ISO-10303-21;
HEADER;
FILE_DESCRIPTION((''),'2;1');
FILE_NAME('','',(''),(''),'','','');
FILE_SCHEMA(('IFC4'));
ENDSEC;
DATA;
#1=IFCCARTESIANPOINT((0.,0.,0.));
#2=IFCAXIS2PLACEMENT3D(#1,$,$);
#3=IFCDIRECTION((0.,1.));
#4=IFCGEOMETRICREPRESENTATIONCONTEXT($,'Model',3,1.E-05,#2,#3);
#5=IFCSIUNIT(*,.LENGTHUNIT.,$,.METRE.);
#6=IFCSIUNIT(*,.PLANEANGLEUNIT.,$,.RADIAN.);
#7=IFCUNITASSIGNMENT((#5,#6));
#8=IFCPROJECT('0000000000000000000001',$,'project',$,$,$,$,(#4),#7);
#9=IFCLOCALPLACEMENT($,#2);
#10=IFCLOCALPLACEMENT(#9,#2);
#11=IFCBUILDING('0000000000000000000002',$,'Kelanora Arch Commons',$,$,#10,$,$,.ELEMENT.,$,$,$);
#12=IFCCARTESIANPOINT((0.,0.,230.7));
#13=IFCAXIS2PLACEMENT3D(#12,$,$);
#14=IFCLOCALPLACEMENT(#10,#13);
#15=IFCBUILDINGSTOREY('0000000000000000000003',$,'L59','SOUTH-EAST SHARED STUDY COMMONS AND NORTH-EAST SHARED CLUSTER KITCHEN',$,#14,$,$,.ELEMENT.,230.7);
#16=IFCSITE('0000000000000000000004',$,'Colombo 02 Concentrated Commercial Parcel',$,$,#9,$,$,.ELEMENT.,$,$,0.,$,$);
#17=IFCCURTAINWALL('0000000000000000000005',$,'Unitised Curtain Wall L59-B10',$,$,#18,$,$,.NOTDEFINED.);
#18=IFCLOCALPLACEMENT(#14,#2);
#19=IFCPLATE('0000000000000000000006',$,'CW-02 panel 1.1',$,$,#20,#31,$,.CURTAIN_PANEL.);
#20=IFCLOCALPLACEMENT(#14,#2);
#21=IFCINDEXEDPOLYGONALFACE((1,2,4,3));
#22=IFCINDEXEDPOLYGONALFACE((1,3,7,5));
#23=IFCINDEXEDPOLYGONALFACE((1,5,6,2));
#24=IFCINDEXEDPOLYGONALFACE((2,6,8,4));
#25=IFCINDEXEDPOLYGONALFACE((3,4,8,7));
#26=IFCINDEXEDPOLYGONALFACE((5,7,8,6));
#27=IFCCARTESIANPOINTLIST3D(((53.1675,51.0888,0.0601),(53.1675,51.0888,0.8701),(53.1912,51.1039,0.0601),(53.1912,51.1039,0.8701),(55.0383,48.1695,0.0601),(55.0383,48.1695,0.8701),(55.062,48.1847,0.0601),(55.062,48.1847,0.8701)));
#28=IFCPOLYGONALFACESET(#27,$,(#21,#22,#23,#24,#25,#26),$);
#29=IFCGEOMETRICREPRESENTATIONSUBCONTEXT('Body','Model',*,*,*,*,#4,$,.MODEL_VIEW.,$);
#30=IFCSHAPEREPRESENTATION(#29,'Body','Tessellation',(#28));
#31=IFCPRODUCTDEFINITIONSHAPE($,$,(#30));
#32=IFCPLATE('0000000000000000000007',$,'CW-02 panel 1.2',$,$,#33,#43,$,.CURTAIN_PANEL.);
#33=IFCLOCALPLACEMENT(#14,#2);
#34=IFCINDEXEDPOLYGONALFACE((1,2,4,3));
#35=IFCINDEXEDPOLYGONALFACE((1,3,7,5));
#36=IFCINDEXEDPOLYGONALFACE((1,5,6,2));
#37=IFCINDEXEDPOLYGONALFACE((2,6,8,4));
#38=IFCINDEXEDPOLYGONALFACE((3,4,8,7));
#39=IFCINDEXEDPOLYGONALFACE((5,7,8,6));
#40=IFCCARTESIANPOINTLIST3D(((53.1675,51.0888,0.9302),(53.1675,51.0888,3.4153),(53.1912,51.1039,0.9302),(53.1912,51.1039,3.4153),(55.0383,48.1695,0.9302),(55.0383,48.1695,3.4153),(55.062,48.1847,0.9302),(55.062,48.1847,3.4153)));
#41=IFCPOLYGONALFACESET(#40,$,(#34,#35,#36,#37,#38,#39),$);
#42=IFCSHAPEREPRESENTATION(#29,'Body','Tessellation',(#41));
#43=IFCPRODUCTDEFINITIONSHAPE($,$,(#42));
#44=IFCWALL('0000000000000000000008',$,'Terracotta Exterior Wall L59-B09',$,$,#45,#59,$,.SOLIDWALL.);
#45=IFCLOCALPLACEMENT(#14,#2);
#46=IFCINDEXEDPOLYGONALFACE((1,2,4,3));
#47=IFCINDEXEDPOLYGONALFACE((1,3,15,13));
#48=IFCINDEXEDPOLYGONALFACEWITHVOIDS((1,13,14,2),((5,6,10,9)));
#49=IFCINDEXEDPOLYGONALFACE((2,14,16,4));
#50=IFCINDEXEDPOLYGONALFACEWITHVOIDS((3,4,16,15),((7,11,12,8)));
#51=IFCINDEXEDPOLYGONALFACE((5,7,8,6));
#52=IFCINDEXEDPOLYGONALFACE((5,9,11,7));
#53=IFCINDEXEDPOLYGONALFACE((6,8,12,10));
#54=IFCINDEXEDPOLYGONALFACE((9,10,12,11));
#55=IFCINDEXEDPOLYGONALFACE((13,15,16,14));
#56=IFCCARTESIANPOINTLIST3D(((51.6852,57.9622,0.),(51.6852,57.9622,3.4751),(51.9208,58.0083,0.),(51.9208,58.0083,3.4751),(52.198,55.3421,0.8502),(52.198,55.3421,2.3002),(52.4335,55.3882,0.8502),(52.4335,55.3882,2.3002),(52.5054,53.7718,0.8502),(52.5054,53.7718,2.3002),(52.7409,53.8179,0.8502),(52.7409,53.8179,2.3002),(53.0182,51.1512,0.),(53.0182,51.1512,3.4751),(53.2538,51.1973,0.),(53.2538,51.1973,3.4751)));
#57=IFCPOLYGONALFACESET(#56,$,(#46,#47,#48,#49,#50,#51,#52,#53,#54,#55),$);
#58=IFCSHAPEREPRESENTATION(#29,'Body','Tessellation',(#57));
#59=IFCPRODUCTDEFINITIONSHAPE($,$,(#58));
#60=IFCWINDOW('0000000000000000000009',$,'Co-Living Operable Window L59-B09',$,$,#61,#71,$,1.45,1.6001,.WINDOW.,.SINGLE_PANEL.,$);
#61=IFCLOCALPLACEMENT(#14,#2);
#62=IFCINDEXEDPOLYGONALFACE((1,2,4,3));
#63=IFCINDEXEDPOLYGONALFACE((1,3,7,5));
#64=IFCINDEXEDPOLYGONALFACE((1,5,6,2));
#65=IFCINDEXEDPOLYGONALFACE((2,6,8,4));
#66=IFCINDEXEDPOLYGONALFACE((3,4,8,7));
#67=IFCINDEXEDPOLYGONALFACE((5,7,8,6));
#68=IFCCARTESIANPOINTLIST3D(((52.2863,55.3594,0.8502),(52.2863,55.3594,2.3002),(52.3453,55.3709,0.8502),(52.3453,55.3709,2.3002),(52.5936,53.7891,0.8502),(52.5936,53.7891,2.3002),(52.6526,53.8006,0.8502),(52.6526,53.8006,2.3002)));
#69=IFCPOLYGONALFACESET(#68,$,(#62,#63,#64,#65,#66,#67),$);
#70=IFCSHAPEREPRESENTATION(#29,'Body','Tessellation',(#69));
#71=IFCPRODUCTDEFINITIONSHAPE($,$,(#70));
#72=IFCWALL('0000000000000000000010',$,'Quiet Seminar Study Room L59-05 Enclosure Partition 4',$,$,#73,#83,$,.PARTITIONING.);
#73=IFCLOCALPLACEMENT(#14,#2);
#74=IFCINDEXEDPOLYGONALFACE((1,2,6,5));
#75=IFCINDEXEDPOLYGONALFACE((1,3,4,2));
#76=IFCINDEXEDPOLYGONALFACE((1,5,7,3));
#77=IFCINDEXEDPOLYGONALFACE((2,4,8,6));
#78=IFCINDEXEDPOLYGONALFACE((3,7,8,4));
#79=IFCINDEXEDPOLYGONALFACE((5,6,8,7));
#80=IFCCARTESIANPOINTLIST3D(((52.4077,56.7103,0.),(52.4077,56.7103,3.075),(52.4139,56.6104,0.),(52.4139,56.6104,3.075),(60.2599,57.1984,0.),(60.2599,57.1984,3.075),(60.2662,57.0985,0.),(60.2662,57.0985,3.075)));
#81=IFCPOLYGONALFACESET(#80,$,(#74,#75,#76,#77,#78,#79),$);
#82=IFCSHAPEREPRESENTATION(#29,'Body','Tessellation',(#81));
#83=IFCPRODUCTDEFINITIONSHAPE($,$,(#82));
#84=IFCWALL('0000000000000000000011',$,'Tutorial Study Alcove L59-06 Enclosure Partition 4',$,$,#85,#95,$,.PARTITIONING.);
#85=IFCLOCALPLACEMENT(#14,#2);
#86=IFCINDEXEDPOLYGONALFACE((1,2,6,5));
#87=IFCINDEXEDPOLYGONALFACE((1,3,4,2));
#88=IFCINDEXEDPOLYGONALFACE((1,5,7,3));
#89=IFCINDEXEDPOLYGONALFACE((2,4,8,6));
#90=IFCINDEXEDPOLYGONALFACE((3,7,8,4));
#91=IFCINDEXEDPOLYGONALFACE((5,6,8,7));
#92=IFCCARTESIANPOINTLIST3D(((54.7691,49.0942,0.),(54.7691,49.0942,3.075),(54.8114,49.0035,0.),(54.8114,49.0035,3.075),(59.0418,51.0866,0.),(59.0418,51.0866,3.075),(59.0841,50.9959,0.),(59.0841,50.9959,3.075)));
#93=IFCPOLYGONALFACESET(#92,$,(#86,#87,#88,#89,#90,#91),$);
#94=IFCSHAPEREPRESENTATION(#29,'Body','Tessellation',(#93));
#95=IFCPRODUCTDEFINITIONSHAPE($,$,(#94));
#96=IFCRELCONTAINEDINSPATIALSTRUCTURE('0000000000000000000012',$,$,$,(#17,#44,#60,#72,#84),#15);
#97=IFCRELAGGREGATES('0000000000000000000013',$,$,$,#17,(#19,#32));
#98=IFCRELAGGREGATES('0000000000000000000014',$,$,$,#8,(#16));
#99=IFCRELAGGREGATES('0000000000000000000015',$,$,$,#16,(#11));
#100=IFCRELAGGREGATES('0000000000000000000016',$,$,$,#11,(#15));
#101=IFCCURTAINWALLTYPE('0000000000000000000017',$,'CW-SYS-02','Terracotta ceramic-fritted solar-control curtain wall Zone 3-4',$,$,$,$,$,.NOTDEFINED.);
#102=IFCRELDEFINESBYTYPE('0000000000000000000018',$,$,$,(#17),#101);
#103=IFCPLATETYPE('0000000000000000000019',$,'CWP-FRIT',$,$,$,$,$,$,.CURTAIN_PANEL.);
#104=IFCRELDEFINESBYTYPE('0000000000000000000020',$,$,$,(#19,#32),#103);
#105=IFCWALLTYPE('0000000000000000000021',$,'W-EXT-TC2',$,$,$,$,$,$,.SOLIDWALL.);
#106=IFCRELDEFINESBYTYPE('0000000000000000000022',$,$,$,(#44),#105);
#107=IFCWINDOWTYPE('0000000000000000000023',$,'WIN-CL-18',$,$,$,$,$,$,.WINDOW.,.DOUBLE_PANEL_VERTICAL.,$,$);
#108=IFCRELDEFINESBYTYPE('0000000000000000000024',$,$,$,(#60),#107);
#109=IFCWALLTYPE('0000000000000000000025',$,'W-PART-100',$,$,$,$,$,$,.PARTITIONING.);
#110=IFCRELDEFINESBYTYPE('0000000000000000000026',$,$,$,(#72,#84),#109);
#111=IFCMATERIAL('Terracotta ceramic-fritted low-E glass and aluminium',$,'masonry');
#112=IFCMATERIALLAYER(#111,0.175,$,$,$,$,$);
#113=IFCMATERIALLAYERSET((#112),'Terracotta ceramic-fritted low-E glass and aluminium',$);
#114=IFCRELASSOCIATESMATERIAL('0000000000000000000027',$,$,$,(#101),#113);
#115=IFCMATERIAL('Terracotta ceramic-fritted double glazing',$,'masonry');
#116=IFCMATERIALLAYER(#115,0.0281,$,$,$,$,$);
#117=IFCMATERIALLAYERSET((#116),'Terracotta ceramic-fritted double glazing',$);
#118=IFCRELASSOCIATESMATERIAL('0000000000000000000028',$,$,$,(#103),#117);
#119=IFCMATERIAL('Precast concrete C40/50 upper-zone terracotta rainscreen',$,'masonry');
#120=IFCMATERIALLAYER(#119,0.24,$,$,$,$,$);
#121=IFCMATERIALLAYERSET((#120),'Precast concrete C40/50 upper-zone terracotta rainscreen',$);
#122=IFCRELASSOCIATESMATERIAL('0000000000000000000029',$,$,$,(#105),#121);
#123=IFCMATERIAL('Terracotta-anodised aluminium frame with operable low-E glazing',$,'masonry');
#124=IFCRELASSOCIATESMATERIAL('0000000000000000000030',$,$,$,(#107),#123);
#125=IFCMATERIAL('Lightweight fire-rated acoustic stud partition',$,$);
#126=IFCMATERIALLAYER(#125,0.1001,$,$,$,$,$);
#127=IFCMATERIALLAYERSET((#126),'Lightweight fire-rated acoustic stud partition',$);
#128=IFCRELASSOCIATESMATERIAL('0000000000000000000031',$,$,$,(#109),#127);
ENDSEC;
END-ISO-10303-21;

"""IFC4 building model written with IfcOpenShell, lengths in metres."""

from ifc_helpers import new_model, si_unit, direction, frame, frame_2d, origin, origin_2d, place, context, subcontext, project, spatial, rectangle, extrude, source, transform, mapped, material, layer, layer_set, type_object, element, fill, aggregate, save


model = new_model("IFC4")

# Units and contexts
model_context = context("Model", 3, precision=1e-05, world=origin(), true_north=direction((0.0, 1.0)))
body_context = subcontext(model_context, "Body", "Model", "MODEL_VIEW")
ifc_project = project(units=[si_unit("LENGTHUNIT", "METRE"), si_unit("PLANEANGLEUNIT", "RADIAN")], contexts=[model_context])

# Site, building, storey
site_placement = place(None, origin())
site = spatial("IfcSite", under=ifc_project, at=site_placement, Name="Colombo 02 Concentrated Commercial Parcel", CompositionType="ELEMENT", RefElevation=0.0)
building_placement = place(site_placement, origin())
building = spatial("IfcBuilding", under=site, at=building_placement, Name="Kelanora Arch Commons", CompositionType="ELEMENT")
storey_placement = place(building_placement, frame((0.0, 0.0, 230.7)))
storey = spatial("IfcBuildingStorey", under=building, at=storey_placement, Name="L59", Description="SOUTH-EAST SHARED STUDY COMMONS AND NORTH-EAST SHARED CLUSTER KITCHEN", CompositionType="ELEMENT", Elevation=230.7)

# Shared definitions
ifc_material_1 = material(Name="Terracotta ceramic-fritted low-E glass and aluminium", Category="masonry")
ifc_layer_1 = layer(ifc_material_1, 0.175)
ifc_layer_set_1 = layer_set([ifc_layer_1], Name="Terracotta ceramic-fritted low-E glass and aluminium")
curtain_wall_type = type_object("IfcCurtainWallType", Name="CW-SYS-02", Description="Terracotta ceramic-fritted solar-control curtain wall Zone 3-4", PredefinedType="NOTDEFINED", material=ifc_layer_set_1)

# Curtain wall
curtain_wall_1_placement = place(storey_placement, origin())
curtain_wall_1 = element("IfcCurtainWall", 1, at=curtain_wall_1_placement, inside=storey, type_object=curtain_wall_type, Name="Unitised Curtain Wall L59-B10", PredefinedType="NOTDEFINED")

# Plates
ifc_material_2 = material(Name="Terracotta ceramic-fritted double glazing", Category="masonry")
ifc_layer_2 = layer(ifc_material_2, 0.0281)
ifc_layer_set_2 = layer_set([ifc_layer_2], Name="Terracotta ceramic-fritted double glazing")
plate_type = type_object("IfcPlateType", Name="CWP-FRIT", PredefinedType="CURTAIN_PANEL", material=ifc_layer_set_2)
shared_shape_1 = source(origin(), body_context, "Body", "SweptSolid", [
    extrude(rectangle(XDim=3.4673, YDim=0.0281, at=origin_2d()), origin(), (0.0, 0.0, 1.0), 0.8101),
])
plate_1_placement = place(storey_placement, frame((54.1147, 49.6367, 0.0601), z_axis=(0.0, 0.0, 1.0), x_axis=(0.539559, -0.841948, 0.0)))
plate_1 = element("IfcPlate", 2, at=plate_1_placement, type_object=plate_type, Name="CW-02 panel 1.1", PredefinedType="CURTAIN_PANEL", context=body_context, shape_type="MappedRepresentation", body=[
    mapped(shared_shape_1, transform((0.0, 0.0, 0.0), scale=1.0)),
])
shared_shape_2 = source(origin(), body_context, "Body", "SweptSolid", [
    extrude(rectangle(XDim=3.4673, YDim=0.0281, at=origin_2d()), origin(), (0.0, 0.0, 1.0), 2.4851),
])
plate_2_placement = place(storey_placement, frame((54.1147, 49.6367, 0.9302), z_axis=(0.0, 0.0, 1.0), x_axis=(0.539559, -0.841948, 0.0)))
plate_2 = element("IfcPlate", 3, at=plate_2_placement, type_object=plate_type, Name="CW-02 panel 1.2", PredefinedType="CURTAIN_PANEL", context=body_context, shape_type="MappedRepresentation", body=[
    mapped(shared_shape_2, transform((0.0, 0.0, 0.0), scale=1.0)),
])
aggregate(curtain_wall_1, [plate_1, plate_2])

# Wall, opening, window
ifc_material_3 = material(Name="Precast concrete C40/50 upper-zone terracotta rainscreen", Category="masonry")
ifc_layer_3 = layer(ifc_material_3, 0.24)
ifc_layer_set_3 = layer_set([ifc_layer_3], Name="Precast concrete C40/50 upper-zone terracotta rainscreen")
wall_type_1 = type_object("IfcWallType", Name="W-EXT-TC2", PredefinedType="SOLIDWALL", material=ifc_layer_set_3)
wall_1_placement = place(storey_placement, frame((51.803, 57.9854, 0.0), z_axis=(0.0, 0.0, 1.0), x_axis=(0.192069, -0.981381, 0.0)))
wall_1 = element("IfcWall", 4, at=wall_1_placement, inside=storey, type_object=wall_type_1, Name="Terracotta Exterior Wall L59-B09", PredefinedType="SOLIDWALL", context=body_context, shape_type="SweptSolid", body=[
    extrude(rectangle(XDim=6.9402, YDim=0.24, at=frame_2d((3.4702, 0.0))), origin(), (0.0, 0.0, 1.0), 3.4751),
])
opening_placement = place(wall_1_placement, frame((2.6699, 0.0, 0.8501)))
opening = element("IfcOpeningElement", 5, at=opening_placement, cuts=wall_1, PredefinedType="OPENING", context=body_context, shape_type="SweptSolid", body=[
    extrude(rectangle(XDim=1.6001, YDim=1.45, at=frame_2d((0.8, 0.7251))), frame((0.0, 0.1299, 0.0), z_axis=(0.0, -1.0, 0.0), x_axis=(1.0, 0.0, 0.0)), (0.0, 0.0, 1.0), 0.26),
])
ifc_material_4 = material(Name="Terracotta-anodised aluminium frame with operable low-E glazing", Category="masonry")
window_type = type_object("IfcWindowType", Name="WIN-CL-18", PartitioningType="DOUBLE_PANEL_VERTICAL", PredefinedType="WINDOW", material=ifc_material_4)
window_placement = place(opening_placement, origin())
window = element("IfcWindow", 6, at=window_placement, inside=storey, type_object=window_type, Name="Co-Living Operable Window L59-B09", OverallHeight=1.45, OverallWidth=1.6001, PartitioningType="SINGLE_PANEL", PredefinedType="WINDOW", context=body_context, shape_type="SweptSolid", body=[
    extrude(rectangle(XDim=1.6001, YDim=1.45, at=frame_2d((0.8, 0.7251))), frame((0.0, 0.03, 0.0), z_axis=(0.0, -1.0, 0.0), x_axis=(1.0, 0.0, 0.0)), (0.0, 0.0, 1.0), 0.0601),
])
fill(opening, window)

# Walls
ifc_material_5 = material(Name="Lightweight fire-rated acoustic stud partition")
ifc_layer_4 = layer(ifc_material_5, 0.1001)
ifc_layer_set_4 = layer_set([ifc_layer_4], Name="Lightweight fire-rated acoustic stud partition")
wall_type_2 = type_object("IfcWallType", Name="W-PART-100", PredefinedType="PARTITIONING", material=ifc_layer_set_4)
wall_2_placement = place(storey_placement, frame((52.4109, 56.6604, 0.0), z_axis=(0.0, 0.0, 1.0), x_axis=(0.998074, 0.062032, 0.0)))
element("IfcWall", 7, at=wall_2_placement, inside=storey, type_object=wall_type_2, Name="Quiet Seminar Study Room L59-05 Enclosure Partition 4", PredefinedType="PARTITIONING", context=body_context, shape_type="SweptSolid", body=[
    extrude(rectangle(XDim=7.8674, YDim=0.1001, at=frame_2d((3.9336, 0.0))), origin(), (0.0, 0.0, 1.0), 3.075),
])
wall_3_placement = place(storey_placement, frame((54.7903, 49.0488, 0.0), z_axis=(0.0, 0.0, 1.0), x_axis=(0.906305, 0.422625, 0.0)))
element("IfcWall", 8, at=wall_3_placement, inside=storey, type_object=wall_type_2, Name="Tutorial Study Alcove L59-06 Enclosure Partition 4", PredefinedType="PARTITIONING", context=body_context, shape_type="SweptSolid", body=[
    extrude(rectangle(XDim=4.7144, YDim=0.1001, at=frame_2d((2.3572, 0.0))), origin(), (0.0, 0.0, 1.0), 3.075),
])

save(model, "model.ifc")
